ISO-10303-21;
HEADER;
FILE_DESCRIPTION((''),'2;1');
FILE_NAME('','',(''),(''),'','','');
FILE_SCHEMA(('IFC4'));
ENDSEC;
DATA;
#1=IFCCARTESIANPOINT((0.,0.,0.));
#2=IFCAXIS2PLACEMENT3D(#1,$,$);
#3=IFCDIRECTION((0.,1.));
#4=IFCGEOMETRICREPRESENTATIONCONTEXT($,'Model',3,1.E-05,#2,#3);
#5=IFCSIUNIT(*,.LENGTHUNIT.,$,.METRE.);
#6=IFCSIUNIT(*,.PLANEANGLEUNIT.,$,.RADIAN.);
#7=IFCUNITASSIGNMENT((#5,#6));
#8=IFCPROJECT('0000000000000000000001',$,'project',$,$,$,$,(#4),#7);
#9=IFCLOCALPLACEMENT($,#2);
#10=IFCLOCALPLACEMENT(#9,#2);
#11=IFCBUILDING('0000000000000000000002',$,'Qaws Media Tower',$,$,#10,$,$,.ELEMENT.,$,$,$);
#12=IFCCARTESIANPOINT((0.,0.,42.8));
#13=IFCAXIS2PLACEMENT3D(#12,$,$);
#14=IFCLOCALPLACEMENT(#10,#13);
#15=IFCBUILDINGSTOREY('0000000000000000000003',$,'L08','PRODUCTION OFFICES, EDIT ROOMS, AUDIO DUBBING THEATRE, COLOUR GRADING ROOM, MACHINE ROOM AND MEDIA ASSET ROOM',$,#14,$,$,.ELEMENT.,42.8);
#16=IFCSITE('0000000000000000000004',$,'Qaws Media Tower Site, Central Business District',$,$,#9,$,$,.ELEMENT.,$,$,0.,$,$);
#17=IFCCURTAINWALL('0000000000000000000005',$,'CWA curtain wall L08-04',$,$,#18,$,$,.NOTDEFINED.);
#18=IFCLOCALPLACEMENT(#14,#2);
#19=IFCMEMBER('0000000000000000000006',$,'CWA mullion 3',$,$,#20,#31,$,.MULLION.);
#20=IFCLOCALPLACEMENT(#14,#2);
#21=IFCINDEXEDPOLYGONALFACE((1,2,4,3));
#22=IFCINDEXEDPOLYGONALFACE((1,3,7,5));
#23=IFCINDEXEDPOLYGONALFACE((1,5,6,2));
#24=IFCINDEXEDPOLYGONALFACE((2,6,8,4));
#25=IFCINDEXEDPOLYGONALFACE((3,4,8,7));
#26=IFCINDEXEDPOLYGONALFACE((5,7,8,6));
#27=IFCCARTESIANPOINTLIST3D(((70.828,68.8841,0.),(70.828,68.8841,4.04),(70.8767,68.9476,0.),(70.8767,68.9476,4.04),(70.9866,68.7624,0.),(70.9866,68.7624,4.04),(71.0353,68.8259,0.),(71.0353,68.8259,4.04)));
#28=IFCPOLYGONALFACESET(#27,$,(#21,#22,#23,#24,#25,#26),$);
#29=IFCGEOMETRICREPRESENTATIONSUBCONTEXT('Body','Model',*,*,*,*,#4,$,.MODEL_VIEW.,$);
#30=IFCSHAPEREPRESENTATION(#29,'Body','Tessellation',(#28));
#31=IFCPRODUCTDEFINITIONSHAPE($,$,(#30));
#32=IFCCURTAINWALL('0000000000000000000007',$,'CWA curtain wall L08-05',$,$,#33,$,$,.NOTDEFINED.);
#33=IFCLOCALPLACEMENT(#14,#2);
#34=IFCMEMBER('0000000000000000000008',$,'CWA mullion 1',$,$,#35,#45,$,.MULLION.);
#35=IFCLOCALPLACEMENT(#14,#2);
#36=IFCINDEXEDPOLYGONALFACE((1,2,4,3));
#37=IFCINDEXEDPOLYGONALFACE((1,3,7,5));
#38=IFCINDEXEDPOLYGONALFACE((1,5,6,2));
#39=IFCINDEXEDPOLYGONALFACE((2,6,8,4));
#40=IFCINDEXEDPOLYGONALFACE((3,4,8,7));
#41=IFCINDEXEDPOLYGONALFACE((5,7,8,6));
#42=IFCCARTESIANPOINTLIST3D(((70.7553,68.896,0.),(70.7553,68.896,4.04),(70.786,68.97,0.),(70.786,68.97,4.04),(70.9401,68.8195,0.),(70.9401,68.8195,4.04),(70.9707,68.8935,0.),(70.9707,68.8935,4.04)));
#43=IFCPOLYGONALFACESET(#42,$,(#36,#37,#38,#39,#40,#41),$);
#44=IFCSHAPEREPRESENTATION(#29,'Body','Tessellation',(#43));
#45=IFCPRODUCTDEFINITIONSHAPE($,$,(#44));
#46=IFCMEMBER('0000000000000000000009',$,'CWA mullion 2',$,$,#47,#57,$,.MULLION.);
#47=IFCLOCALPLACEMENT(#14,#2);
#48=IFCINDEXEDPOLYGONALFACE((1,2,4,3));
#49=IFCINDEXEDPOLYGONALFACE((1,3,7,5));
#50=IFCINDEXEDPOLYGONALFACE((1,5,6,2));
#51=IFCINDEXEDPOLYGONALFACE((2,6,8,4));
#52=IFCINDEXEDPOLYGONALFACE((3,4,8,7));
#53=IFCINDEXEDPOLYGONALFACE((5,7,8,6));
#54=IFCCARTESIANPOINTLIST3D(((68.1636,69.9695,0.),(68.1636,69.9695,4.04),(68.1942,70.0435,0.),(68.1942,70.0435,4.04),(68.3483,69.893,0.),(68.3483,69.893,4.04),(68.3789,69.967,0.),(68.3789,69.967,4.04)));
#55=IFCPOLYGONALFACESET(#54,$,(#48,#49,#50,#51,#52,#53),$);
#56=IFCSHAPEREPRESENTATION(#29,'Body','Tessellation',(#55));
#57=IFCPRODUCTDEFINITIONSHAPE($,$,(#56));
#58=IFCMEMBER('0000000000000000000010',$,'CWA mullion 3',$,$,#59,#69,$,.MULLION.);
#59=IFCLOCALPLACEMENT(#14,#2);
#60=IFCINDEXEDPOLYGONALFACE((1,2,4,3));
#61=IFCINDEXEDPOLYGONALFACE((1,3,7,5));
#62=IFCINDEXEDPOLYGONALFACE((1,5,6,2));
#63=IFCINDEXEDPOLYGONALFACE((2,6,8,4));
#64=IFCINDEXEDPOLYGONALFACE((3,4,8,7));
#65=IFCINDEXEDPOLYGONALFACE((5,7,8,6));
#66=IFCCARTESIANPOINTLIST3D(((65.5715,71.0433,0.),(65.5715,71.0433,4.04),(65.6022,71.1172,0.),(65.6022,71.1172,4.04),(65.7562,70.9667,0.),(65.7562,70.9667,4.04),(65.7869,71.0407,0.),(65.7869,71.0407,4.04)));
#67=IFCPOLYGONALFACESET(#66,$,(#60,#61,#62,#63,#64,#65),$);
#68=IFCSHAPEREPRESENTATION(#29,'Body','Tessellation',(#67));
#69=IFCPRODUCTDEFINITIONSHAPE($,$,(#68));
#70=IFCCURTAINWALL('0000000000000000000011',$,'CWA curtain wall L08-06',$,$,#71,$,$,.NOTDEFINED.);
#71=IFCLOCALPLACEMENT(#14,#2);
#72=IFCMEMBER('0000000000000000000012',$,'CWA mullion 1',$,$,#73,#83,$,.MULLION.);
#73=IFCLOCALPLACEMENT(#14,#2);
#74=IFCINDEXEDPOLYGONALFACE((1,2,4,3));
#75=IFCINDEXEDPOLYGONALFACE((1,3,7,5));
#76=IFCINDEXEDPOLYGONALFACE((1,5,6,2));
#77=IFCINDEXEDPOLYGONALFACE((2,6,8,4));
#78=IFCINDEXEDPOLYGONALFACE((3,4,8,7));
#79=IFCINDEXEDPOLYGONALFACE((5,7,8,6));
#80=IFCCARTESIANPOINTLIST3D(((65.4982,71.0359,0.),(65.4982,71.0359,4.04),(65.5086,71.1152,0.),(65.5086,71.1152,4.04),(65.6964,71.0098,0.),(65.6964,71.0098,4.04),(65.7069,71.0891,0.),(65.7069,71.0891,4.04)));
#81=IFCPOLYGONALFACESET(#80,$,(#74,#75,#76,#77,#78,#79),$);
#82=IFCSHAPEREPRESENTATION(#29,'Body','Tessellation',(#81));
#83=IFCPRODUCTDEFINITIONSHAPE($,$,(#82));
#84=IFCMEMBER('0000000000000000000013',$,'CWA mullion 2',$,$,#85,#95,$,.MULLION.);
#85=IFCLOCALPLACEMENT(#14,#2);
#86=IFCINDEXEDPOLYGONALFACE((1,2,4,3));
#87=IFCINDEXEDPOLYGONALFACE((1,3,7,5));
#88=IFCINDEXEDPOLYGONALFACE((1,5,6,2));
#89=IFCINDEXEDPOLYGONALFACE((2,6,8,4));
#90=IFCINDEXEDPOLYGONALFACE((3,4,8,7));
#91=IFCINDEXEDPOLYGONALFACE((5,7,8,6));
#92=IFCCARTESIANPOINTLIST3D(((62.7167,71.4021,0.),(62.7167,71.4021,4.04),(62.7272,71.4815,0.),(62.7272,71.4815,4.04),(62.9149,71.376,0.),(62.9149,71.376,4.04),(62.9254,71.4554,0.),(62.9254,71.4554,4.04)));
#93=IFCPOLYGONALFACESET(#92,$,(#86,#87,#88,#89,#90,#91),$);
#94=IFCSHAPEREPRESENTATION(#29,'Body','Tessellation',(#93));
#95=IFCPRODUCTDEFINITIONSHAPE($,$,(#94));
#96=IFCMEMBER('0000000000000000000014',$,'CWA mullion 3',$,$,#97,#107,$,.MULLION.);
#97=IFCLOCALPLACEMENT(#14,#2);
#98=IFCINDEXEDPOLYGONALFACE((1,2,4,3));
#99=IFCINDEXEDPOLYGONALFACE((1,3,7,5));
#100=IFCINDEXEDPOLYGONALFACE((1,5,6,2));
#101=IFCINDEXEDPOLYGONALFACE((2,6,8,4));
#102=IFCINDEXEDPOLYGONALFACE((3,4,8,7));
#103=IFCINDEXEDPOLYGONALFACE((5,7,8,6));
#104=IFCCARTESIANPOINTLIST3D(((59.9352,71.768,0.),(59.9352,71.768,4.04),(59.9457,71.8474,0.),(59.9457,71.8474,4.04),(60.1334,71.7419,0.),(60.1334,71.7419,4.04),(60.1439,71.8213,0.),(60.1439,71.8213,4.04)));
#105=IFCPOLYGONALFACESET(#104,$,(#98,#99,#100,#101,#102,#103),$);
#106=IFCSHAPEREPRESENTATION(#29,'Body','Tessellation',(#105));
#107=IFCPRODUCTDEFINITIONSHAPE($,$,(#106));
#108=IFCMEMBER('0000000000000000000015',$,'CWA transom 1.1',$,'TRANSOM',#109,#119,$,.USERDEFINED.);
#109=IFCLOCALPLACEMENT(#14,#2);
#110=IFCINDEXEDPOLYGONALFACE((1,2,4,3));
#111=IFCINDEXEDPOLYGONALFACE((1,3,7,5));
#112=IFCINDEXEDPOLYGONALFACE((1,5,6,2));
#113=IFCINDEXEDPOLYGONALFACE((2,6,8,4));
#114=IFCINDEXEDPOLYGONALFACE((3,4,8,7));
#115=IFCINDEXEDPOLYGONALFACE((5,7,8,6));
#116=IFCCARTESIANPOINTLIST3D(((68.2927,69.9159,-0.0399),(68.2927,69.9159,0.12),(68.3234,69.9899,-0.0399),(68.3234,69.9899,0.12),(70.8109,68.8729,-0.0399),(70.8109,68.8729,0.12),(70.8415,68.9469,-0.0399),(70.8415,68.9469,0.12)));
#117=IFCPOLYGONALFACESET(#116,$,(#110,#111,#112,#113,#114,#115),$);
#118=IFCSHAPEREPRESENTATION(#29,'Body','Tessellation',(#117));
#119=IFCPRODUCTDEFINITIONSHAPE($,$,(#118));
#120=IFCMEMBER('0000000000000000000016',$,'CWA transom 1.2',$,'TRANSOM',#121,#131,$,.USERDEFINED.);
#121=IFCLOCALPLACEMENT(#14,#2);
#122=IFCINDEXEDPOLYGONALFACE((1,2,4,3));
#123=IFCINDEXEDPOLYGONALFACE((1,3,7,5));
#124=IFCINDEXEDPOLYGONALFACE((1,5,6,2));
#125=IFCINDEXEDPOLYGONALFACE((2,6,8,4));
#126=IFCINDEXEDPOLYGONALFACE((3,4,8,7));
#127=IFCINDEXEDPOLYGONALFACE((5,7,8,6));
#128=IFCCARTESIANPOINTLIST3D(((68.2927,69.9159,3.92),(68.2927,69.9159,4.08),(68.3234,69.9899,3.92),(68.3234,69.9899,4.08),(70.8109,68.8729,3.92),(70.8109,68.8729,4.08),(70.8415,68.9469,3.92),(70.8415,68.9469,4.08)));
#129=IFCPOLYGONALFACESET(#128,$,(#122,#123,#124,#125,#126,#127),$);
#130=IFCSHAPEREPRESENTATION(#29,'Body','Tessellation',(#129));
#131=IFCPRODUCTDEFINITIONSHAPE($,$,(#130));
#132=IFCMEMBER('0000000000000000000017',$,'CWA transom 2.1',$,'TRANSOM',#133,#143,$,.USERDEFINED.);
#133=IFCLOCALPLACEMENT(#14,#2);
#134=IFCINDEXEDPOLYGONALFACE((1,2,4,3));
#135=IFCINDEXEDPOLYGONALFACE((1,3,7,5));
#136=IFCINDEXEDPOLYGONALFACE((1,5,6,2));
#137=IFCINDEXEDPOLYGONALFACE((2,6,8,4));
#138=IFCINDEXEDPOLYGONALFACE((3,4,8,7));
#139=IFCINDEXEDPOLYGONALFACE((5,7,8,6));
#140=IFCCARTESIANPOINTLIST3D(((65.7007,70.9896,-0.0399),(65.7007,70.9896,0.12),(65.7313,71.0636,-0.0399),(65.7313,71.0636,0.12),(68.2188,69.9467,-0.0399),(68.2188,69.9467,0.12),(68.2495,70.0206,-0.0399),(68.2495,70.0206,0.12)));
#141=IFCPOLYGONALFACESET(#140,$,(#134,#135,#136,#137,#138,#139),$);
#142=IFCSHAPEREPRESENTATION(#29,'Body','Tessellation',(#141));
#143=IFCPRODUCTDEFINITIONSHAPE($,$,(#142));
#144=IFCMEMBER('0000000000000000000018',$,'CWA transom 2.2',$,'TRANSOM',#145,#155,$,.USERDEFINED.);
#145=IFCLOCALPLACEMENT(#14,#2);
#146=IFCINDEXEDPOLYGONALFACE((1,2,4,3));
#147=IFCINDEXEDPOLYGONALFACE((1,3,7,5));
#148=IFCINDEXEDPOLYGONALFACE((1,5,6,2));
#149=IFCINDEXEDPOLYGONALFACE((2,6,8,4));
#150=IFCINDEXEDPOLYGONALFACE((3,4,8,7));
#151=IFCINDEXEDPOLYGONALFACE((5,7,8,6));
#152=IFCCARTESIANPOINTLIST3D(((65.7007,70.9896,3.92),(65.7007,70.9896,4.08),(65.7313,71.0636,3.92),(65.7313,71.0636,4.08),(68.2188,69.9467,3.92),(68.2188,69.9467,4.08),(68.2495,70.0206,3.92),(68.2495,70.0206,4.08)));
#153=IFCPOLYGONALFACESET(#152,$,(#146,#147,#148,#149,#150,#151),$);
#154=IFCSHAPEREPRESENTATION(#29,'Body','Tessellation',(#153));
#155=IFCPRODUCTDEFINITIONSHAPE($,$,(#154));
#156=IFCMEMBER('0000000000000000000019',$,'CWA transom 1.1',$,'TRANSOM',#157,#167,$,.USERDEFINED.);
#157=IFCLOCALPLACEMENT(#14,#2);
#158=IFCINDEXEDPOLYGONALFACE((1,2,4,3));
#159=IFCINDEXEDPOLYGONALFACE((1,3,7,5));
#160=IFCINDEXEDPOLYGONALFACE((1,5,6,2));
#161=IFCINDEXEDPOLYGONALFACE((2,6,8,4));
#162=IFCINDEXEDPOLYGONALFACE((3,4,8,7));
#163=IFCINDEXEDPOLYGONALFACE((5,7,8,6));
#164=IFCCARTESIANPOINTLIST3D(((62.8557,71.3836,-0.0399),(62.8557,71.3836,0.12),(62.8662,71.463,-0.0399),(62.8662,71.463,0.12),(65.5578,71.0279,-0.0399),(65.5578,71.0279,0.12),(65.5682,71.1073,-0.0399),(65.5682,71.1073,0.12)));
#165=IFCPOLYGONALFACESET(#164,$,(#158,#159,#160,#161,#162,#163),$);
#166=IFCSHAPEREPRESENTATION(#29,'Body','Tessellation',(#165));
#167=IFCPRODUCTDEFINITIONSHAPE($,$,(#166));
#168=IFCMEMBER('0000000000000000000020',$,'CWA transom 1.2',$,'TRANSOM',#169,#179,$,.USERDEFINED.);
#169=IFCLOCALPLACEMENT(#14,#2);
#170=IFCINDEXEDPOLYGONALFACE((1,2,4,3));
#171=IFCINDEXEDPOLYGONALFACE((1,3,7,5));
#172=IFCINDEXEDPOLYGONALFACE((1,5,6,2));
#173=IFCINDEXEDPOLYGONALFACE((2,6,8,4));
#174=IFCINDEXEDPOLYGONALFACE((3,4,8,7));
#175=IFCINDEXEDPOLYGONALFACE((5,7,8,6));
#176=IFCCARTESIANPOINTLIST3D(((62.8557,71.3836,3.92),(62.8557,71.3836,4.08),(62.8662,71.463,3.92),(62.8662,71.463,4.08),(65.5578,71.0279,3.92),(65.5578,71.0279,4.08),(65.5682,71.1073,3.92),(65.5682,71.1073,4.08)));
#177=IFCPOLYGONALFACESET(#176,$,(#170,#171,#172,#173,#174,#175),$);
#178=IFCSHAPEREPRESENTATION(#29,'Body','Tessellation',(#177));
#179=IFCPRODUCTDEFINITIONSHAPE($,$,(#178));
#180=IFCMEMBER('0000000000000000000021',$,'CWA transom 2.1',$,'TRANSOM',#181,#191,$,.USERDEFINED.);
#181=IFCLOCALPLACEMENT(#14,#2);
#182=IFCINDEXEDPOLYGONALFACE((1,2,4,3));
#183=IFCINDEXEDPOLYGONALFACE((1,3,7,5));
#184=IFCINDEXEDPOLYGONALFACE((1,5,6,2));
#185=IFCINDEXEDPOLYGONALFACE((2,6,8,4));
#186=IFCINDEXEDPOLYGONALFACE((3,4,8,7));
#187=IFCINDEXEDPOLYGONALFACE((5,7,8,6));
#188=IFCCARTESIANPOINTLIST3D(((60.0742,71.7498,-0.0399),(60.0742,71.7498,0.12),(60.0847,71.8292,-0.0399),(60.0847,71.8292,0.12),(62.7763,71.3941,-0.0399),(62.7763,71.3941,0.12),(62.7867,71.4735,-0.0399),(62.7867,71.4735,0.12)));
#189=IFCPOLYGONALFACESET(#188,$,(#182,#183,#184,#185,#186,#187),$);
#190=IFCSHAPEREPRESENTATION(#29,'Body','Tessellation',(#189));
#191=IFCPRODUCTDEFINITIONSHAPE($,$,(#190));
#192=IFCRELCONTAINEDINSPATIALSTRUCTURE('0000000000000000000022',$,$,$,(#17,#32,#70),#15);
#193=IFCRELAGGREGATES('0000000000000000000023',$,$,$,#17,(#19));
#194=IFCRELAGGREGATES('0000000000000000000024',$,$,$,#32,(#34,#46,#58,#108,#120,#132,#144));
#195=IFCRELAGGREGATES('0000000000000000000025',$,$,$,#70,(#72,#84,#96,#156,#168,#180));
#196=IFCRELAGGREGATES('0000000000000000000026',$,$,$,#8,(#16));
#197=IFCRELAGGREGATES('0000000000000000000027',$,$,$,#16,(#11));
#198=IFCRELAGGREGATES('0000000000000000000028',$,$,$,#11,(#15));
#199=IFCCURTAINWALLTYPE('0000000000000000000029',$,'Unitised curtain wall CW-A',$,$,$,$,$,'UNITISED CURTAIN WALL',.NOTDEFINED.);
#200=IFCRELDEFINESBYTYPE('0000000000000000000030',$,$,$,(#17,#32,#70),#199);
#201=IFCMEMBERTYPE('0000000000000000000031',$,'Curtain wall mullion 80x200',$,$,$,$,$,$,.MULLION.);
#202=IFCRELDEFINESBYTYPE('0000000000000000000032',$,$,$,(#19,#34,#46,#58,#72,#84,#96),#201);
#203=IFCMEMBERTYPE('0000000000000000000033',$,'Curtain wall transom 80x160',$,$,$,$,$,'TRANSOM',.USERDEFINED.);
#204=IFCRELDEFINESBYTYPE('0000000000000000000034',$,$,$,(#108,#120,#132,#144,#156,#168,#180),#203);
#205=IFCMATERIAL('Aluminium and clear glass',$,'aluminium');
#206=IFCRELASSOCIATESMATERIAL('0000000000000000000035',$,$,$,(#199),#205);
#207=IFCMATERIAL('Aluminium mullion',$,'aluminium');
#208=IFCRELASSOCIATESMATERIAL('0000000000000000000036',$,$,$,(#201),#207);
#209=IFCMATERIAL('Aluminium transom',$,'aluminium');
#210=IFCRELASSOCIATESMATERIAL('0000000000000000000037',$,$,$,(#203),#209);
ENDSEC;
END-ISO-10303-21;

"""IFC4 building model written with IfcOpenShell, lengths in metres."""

from ifc_helpers import new_model, si_unit, direction, frame, origin, origin_2d, place, context, subcontext, project, spatial, rectangle, extrude, material, material_profile, profile_set, type_object, element, aggregate, save


model = new_model("IFC4")

# Units and contexts
model_context = context("Model", 3, precision=1e-05, world=origin(), true_north=direction((0.0, 1.0)))
body_context = subcontext(model_context, "Body", "Model", "MODEL_VIEW")
ifc_project = project(units=[si_unit("LENGTHUNIT", "METRE"), si_unit("PLANEANGLEUNIT", "RADIAN")], contexts=[model_context])

# Site, building, storey
site_placement = place(None, origin())
site = spatial("IfcSite", under=ifc_project, at=site_placement, Name="Qaws Media Tower Site, Central Business District", CompositionType="ELEMENT", RefElevation=0.0)
building_placement = place(site_placement, origin())
building = spatial("IfcBuilding", under=site, at=building_placement, Name="Qaws Media Tower", CompositionType="ELEMENT")
storey_placement = place(building_placement, frame((0.0, 0.0, 42.8)))
storey = spatial("IfcBuildingStorey", under=building, at=storey_placement, Name="L08", Description="PRODUCTION OFFICES, EDIT ROOMS, AUDIO DUBBING THEATRE, COLOUR GRADING ROOM, MACHINE ROOM AND MEDIA ASSET ROOM", CompositionType="ELEMENT", Elevation=42.8)

# Curtain wall, member
ifc_material_1 = material(Name="Aluminium and clear glass", Category="aluminium")
curtain_wall_type = type_object("IfcCurtainWallType", Name="Unitised curtain wall CW-A", ElementType="UNITISED CURTAIN WALL", PredefinedType="NOTDEFINED", material=ifc_material_1)
curtain_wall_1_placement = place(storey_placement, origin())
curtain_wall_1 = element("IfcCurtainWall", 1, at=curtain_wall_1_placement, inside=storey, type_object=curtain_wall_type, Name="CWA curtain wall L08-04", PredefinedType="NOTDEFINED")
ifc_material_2 = material(Name="Aluminium mullion", Category="aluminium")
ifc_material_profile_1 = material_profile(ifc_material_2, rectangle(XDim=0.0801, YDim=0.2, at=origin_2d()), Name="80x200")
ifc_profile_set_1 = profile_set([ifc_material_profile_1], Name="Aluminium mullion")
member_type_1 = type_object("IfcMemberType", Name="Curtain wall mullion 80x200", PredefinedType="MULLION", material=ifc_profile_set_1)
member_1_placement = place(storey_placement, frame((70.9316, 68.855, 0.0), z_axis=(0.0, 0.0, 1.0), x_axis=(-0.608761, -0.793353, 0.0)))
member_1 = element("IfcMember", 2, at=member_1_placement, type_object=member_type_1, Name="CWA mullion 3", PredefinedType="MULLION", context=body_context, shape_type="SweptSolid", body=[
    extrude(rectangle(XDim=0.0801, YDim=0.2, at=origin_2d()), origin(), (0.0, 0.0, 1.0), 4.04),
])
aggregate(curtain_wall_1, [member_1])

# Curtain walls, members
curtain_wall_2_placement = place(storey_placement, origin())
curtain_wall_2 = element("IfcCurtainWall", 3, at=curtain_wall_2_placement, inside=storey, type_object=curtain_wall_type, Name="CWA curtain wall L08-05", PredefinedType="NOTDEFINED")
member_2_placement = place(storey_placement, frame((70.863, 68.8948, 0.0), z_axis=(0.0, 0.0, 1.0), x_axis=(-0.382683, -0.92388, 0.0)))
member_2 = element("IfcMember", 4, at=member_2_placement, type_object=member_type_1, Name="CWA mullion 1", PredefinedType="MULLION", context=body_context, shape_type="SweptSolid", body=[
    extrude(rectangle(XDim=0.0801, YDim=0.2, at=origin_2d()), origin(), (0.0, 0.0, 1.0), 4.04),
])
member_3_placement = place(storey_placement, frame((68.2712, 69.9683, 0.0), z_axis=(0.0, 0.0, 1.0), x_axis=(-0.382683, -0.92388, 0.0)))
member_3 = element("IfcMember", 5, at=member_3_placement, type_object=member_type_1, Name="CWA mullion 2", PredefinedType="MULLION", context=body_context, shape_type="SweptSolid", body=[
    extrude(rectangle(XDim=0.0801, YDim=0.2, at=origin_2d()), origin(), (0.0, 0.0, 1.0), 4.04),
])
member_4_placement = place(storey_placement, frame((65.6792, 71.042, 0.0), z_axis=(0.0, 0.0, 1.0), x_axis=(-0.382683, -0.92388, 0.0)))
member_4 = element("IfcMember", 6, at=member_4_placement, type_object=member_type_1, Name="CWA mullion 3", PredefinedType="MULLION", context=body_context, shape_type="SweptSolid", body=[
    extrude(rectangle(XDim=0.0801, YDim=0.2, at=origin_2d()), origin(), (0.0, 0.0, 1.0), 4.04),
])
curtain_wall_3_placement = place(storey_placement, origin())
curtain_wall_3 = element("IfcCurtainWall", 7, at=curtain_wall_3_placement, inside=storey, type_object=curtain_wall_type, Name="CWA curtain wall L08-06", PredefinedType="NOTDEFINED")
member_5_placement = place(storey_placement, frame((65.6025, 71.0625, 0.0), z_axis=(0.0, 0.0, 1.0), x_axis=(-0.130526, -0.991445, 0.0)))
member_5 = element("IfcMember", 8, at=member_5_placement, type_object=member_type_1, Name="CWA mullion 1", PredefinedType="MULLION", context=body_context, shape_type="SweptSolid", body=[
    extrude(rectangle(XDim=0.0801, YDim=0.2, at=origin_2d()), origin(), (0.0, 0.0, 1.0), 4.04),
])
member_6_placement = place(storey_placement, frame((62.821, 71.4287, 0.0), z_axis=(0.0, 0.0, 1.0), x_axis=(-0.130526, -0.991445, 0.0)))
member_6 = element("IfcMember", 9, at=member_6_placement, type_object=member_type_1, Name="CWA mullion 2", PredefinedType="MULLION", context=body_context, shape_type="SweptSolid", body=[
    extrude(rectangle(XDim=0.0801, YDim=0.2, at=origin_2d()), origin(), (0.0, 0.0, 1.0), 4.04),
])
member_7_placement = place(storey_placement, frame((60.0396, 71.7947, 0.0), z_axis=(0.0, 0.0, 1.0), x_axis=(-0.130526, -0.991445, 0.0)))
member_7 = element("IfcMember", 10, at=member_7_placement, type_object=member_type_1, Name="CWA mullion 3", PredefinedType="MULLION", context=body_context, shape_type="SweptSolid", body=[
    extrude(rectangle(XDim=0.0801, YDim=0.2, at=origin_2d()), origin(), (0.0, 0.0, 1.0), 4.04),
])

# Members
ifc_material_3 = material(Name="Aluminium transom", Category="aluminium")
ifc_material_profile_2 = material_profile(ifc_material_3, rectangle(XDim=0.0801, YDim=0.1599, at=origin_2d()), Name="80x160")
ifc_profile_set_2 = profile_set([ifc_material_profile_2], Name="Aluminium transom")
member_type_2 = type_object("IfcMemberType", Name="Curtain wall transom 80x160", ElementType="TRANSOM", PredefinedType="USERDEFINED", material=ifc_profile_set_2)
member_8_placement = place(storey_placement, frame((70.8262, 68.9099, 0.04), z_axis=(-0.923886, 0.382668, 0.0), x_axis=(-0.382668, -0.923886, 0.0)))
member_8 = element("IfcMember", 11, at=member_8_placement, type_object=member_type_2, Name="CWA transom 1.1", ObjectType="TRANSOM", PredefinedType="USERDEFINED", context=body_context, shape_type="SweptSolid", body=[
    extrude(rectangle(XDim=0.0801, YDim=0.1599, at=origin_2d()), origin(), (0.0, 0.0, 1.0), 2.7256),
])
member_9_placement = place(storey_placement, frame((70.8262, 68.9099, 4.0), z_axis=(-0.923886, 0.382668, 0.0), x_axis=(-0.382668, -0.923886, 0.0)))
member_9 = element("IfcMember", 12, at=member_9_placement, type_object=member_type_2, Name="CWA transom 1.2", ObjectType="TRANSOM", PredefinedType="USERDEFINED", context=body_context, shape_type="SweptSolid", body=[
    extrude(rectangle(XDim=0.0801, YDim=0.1599, at=origin_2d()), origin(), (0.0, 0.0, 1.0), 2.7256),
])
member_10_placement = place(storey_placement, frame((68.2341, 69.9836, 0.04), z_axis=(-0.923886, 0.382668, 0.0), x_axis=(-0.382668, -0.923886, 0.0)))
member_10 = element("IfcMember", 13, at=member_10_placement, type_object=member_type_2, Name="CWA transom 2.1", ObjectType="TRANSOM", PredefinedType="USERDEFINED", context=body_context, shape_type="SweptSolid", body=[
    extrude(rectangle(XDim=0.0801, YDim=0.1599, at=origin_2d()), origin(), (0.0, 0.0, 1.0), 2.7256),
])
member_11_placement = place(storey_placement, frame((68.2341, 69.9836, 4.0), z_axis=(-0.923886, 0.382668, 0.0), x_axis=(-0.382668, -0.923886, 0.0)))
member_11 = element("IfcMember", 14, at=member_11_placement, type_object=member_type_2, Name="CWA transom 2.2", ObjectType="TRANSOM", PredefinedType="USERDEFINED", context=body_context, shape_type="SweptSolid", body=[
    extrude(rectangle(XDim=0.0801, YDim=0.1599, at=origin_2d()), origin(), (0.0, 0.0, 1.0), 2.7256),
])
member_12_placement = place(storey_placement, frame((65.563, 71.0676, 0.04), z_axis=(-0.991446, 0.130515, 0.0), x_axis=(-0.130515, -0.991446, 0.0)))
member_12 = element("IfcMember", 15, at=member_12_placement, type_object=member_type_2, Name="CWA transom 1.1", ObjectType="TRANSOM", PredefinedType="USERDEFINED", context=body_context, shape_type="SweptSolid", body=[
    extrude(rectangle(XDim=0.0801, YDim=0.1599, at=origin_2d()), origin(), (0.0, 0.0, 1.0), 2.7253),
])
member_13_placement = place(storey_placement, frame((65.563, 71.0676, 4.0), z_axis=(-0.991446, 0.130515, 0.0), x_axis=(-0.130515, -0.991446, 0.0)))
member_13 = element("IfcMember", 16, at=member_13_placement, type_object=member_type_2, Name="CWA transom 1.2", ObjectType="TRANSOM", PredefinedType="USERDEFINED", context=body_context, shape_type="SweptSolid", body=[
    extrude(rectangle(XDim=0.0801, YDim=0.1599, at=origin_2d()), origin(), (0.0, 0.0, 1.0), 2.7253),
])
member_14_placement = place(storey_placement, frame((62.7815, 71.4338, 0.04), z_axis=(-0.991446, 0.130515, 0.0), x_axis=(-0.130515, -0.991446, 0.0)))
member_14 = element("IfcMember", 17, at=member_14_placement, type_object=member_type_2, Name="CWA transom 2.1", ObjectType="TRANSOM", PredefinedType="USERDEFINED", context=body_context, shape_type="SweptSolid", body=[
    extrude(rectangle(XDim=0.0801, YDim=0.1599, at=origin_2d()), origin(), (0.0, 0.0, 1.0), 2.7253),
])

aggregate(curtain_wall_2, [member_2, member_3, member_4, member_8, member_9, member_10, member_11])
aggregate(curtain_wall_3, [member_5, member_6, member_7, member_12, member_13, member_14])

save(model, "model.ifc")
